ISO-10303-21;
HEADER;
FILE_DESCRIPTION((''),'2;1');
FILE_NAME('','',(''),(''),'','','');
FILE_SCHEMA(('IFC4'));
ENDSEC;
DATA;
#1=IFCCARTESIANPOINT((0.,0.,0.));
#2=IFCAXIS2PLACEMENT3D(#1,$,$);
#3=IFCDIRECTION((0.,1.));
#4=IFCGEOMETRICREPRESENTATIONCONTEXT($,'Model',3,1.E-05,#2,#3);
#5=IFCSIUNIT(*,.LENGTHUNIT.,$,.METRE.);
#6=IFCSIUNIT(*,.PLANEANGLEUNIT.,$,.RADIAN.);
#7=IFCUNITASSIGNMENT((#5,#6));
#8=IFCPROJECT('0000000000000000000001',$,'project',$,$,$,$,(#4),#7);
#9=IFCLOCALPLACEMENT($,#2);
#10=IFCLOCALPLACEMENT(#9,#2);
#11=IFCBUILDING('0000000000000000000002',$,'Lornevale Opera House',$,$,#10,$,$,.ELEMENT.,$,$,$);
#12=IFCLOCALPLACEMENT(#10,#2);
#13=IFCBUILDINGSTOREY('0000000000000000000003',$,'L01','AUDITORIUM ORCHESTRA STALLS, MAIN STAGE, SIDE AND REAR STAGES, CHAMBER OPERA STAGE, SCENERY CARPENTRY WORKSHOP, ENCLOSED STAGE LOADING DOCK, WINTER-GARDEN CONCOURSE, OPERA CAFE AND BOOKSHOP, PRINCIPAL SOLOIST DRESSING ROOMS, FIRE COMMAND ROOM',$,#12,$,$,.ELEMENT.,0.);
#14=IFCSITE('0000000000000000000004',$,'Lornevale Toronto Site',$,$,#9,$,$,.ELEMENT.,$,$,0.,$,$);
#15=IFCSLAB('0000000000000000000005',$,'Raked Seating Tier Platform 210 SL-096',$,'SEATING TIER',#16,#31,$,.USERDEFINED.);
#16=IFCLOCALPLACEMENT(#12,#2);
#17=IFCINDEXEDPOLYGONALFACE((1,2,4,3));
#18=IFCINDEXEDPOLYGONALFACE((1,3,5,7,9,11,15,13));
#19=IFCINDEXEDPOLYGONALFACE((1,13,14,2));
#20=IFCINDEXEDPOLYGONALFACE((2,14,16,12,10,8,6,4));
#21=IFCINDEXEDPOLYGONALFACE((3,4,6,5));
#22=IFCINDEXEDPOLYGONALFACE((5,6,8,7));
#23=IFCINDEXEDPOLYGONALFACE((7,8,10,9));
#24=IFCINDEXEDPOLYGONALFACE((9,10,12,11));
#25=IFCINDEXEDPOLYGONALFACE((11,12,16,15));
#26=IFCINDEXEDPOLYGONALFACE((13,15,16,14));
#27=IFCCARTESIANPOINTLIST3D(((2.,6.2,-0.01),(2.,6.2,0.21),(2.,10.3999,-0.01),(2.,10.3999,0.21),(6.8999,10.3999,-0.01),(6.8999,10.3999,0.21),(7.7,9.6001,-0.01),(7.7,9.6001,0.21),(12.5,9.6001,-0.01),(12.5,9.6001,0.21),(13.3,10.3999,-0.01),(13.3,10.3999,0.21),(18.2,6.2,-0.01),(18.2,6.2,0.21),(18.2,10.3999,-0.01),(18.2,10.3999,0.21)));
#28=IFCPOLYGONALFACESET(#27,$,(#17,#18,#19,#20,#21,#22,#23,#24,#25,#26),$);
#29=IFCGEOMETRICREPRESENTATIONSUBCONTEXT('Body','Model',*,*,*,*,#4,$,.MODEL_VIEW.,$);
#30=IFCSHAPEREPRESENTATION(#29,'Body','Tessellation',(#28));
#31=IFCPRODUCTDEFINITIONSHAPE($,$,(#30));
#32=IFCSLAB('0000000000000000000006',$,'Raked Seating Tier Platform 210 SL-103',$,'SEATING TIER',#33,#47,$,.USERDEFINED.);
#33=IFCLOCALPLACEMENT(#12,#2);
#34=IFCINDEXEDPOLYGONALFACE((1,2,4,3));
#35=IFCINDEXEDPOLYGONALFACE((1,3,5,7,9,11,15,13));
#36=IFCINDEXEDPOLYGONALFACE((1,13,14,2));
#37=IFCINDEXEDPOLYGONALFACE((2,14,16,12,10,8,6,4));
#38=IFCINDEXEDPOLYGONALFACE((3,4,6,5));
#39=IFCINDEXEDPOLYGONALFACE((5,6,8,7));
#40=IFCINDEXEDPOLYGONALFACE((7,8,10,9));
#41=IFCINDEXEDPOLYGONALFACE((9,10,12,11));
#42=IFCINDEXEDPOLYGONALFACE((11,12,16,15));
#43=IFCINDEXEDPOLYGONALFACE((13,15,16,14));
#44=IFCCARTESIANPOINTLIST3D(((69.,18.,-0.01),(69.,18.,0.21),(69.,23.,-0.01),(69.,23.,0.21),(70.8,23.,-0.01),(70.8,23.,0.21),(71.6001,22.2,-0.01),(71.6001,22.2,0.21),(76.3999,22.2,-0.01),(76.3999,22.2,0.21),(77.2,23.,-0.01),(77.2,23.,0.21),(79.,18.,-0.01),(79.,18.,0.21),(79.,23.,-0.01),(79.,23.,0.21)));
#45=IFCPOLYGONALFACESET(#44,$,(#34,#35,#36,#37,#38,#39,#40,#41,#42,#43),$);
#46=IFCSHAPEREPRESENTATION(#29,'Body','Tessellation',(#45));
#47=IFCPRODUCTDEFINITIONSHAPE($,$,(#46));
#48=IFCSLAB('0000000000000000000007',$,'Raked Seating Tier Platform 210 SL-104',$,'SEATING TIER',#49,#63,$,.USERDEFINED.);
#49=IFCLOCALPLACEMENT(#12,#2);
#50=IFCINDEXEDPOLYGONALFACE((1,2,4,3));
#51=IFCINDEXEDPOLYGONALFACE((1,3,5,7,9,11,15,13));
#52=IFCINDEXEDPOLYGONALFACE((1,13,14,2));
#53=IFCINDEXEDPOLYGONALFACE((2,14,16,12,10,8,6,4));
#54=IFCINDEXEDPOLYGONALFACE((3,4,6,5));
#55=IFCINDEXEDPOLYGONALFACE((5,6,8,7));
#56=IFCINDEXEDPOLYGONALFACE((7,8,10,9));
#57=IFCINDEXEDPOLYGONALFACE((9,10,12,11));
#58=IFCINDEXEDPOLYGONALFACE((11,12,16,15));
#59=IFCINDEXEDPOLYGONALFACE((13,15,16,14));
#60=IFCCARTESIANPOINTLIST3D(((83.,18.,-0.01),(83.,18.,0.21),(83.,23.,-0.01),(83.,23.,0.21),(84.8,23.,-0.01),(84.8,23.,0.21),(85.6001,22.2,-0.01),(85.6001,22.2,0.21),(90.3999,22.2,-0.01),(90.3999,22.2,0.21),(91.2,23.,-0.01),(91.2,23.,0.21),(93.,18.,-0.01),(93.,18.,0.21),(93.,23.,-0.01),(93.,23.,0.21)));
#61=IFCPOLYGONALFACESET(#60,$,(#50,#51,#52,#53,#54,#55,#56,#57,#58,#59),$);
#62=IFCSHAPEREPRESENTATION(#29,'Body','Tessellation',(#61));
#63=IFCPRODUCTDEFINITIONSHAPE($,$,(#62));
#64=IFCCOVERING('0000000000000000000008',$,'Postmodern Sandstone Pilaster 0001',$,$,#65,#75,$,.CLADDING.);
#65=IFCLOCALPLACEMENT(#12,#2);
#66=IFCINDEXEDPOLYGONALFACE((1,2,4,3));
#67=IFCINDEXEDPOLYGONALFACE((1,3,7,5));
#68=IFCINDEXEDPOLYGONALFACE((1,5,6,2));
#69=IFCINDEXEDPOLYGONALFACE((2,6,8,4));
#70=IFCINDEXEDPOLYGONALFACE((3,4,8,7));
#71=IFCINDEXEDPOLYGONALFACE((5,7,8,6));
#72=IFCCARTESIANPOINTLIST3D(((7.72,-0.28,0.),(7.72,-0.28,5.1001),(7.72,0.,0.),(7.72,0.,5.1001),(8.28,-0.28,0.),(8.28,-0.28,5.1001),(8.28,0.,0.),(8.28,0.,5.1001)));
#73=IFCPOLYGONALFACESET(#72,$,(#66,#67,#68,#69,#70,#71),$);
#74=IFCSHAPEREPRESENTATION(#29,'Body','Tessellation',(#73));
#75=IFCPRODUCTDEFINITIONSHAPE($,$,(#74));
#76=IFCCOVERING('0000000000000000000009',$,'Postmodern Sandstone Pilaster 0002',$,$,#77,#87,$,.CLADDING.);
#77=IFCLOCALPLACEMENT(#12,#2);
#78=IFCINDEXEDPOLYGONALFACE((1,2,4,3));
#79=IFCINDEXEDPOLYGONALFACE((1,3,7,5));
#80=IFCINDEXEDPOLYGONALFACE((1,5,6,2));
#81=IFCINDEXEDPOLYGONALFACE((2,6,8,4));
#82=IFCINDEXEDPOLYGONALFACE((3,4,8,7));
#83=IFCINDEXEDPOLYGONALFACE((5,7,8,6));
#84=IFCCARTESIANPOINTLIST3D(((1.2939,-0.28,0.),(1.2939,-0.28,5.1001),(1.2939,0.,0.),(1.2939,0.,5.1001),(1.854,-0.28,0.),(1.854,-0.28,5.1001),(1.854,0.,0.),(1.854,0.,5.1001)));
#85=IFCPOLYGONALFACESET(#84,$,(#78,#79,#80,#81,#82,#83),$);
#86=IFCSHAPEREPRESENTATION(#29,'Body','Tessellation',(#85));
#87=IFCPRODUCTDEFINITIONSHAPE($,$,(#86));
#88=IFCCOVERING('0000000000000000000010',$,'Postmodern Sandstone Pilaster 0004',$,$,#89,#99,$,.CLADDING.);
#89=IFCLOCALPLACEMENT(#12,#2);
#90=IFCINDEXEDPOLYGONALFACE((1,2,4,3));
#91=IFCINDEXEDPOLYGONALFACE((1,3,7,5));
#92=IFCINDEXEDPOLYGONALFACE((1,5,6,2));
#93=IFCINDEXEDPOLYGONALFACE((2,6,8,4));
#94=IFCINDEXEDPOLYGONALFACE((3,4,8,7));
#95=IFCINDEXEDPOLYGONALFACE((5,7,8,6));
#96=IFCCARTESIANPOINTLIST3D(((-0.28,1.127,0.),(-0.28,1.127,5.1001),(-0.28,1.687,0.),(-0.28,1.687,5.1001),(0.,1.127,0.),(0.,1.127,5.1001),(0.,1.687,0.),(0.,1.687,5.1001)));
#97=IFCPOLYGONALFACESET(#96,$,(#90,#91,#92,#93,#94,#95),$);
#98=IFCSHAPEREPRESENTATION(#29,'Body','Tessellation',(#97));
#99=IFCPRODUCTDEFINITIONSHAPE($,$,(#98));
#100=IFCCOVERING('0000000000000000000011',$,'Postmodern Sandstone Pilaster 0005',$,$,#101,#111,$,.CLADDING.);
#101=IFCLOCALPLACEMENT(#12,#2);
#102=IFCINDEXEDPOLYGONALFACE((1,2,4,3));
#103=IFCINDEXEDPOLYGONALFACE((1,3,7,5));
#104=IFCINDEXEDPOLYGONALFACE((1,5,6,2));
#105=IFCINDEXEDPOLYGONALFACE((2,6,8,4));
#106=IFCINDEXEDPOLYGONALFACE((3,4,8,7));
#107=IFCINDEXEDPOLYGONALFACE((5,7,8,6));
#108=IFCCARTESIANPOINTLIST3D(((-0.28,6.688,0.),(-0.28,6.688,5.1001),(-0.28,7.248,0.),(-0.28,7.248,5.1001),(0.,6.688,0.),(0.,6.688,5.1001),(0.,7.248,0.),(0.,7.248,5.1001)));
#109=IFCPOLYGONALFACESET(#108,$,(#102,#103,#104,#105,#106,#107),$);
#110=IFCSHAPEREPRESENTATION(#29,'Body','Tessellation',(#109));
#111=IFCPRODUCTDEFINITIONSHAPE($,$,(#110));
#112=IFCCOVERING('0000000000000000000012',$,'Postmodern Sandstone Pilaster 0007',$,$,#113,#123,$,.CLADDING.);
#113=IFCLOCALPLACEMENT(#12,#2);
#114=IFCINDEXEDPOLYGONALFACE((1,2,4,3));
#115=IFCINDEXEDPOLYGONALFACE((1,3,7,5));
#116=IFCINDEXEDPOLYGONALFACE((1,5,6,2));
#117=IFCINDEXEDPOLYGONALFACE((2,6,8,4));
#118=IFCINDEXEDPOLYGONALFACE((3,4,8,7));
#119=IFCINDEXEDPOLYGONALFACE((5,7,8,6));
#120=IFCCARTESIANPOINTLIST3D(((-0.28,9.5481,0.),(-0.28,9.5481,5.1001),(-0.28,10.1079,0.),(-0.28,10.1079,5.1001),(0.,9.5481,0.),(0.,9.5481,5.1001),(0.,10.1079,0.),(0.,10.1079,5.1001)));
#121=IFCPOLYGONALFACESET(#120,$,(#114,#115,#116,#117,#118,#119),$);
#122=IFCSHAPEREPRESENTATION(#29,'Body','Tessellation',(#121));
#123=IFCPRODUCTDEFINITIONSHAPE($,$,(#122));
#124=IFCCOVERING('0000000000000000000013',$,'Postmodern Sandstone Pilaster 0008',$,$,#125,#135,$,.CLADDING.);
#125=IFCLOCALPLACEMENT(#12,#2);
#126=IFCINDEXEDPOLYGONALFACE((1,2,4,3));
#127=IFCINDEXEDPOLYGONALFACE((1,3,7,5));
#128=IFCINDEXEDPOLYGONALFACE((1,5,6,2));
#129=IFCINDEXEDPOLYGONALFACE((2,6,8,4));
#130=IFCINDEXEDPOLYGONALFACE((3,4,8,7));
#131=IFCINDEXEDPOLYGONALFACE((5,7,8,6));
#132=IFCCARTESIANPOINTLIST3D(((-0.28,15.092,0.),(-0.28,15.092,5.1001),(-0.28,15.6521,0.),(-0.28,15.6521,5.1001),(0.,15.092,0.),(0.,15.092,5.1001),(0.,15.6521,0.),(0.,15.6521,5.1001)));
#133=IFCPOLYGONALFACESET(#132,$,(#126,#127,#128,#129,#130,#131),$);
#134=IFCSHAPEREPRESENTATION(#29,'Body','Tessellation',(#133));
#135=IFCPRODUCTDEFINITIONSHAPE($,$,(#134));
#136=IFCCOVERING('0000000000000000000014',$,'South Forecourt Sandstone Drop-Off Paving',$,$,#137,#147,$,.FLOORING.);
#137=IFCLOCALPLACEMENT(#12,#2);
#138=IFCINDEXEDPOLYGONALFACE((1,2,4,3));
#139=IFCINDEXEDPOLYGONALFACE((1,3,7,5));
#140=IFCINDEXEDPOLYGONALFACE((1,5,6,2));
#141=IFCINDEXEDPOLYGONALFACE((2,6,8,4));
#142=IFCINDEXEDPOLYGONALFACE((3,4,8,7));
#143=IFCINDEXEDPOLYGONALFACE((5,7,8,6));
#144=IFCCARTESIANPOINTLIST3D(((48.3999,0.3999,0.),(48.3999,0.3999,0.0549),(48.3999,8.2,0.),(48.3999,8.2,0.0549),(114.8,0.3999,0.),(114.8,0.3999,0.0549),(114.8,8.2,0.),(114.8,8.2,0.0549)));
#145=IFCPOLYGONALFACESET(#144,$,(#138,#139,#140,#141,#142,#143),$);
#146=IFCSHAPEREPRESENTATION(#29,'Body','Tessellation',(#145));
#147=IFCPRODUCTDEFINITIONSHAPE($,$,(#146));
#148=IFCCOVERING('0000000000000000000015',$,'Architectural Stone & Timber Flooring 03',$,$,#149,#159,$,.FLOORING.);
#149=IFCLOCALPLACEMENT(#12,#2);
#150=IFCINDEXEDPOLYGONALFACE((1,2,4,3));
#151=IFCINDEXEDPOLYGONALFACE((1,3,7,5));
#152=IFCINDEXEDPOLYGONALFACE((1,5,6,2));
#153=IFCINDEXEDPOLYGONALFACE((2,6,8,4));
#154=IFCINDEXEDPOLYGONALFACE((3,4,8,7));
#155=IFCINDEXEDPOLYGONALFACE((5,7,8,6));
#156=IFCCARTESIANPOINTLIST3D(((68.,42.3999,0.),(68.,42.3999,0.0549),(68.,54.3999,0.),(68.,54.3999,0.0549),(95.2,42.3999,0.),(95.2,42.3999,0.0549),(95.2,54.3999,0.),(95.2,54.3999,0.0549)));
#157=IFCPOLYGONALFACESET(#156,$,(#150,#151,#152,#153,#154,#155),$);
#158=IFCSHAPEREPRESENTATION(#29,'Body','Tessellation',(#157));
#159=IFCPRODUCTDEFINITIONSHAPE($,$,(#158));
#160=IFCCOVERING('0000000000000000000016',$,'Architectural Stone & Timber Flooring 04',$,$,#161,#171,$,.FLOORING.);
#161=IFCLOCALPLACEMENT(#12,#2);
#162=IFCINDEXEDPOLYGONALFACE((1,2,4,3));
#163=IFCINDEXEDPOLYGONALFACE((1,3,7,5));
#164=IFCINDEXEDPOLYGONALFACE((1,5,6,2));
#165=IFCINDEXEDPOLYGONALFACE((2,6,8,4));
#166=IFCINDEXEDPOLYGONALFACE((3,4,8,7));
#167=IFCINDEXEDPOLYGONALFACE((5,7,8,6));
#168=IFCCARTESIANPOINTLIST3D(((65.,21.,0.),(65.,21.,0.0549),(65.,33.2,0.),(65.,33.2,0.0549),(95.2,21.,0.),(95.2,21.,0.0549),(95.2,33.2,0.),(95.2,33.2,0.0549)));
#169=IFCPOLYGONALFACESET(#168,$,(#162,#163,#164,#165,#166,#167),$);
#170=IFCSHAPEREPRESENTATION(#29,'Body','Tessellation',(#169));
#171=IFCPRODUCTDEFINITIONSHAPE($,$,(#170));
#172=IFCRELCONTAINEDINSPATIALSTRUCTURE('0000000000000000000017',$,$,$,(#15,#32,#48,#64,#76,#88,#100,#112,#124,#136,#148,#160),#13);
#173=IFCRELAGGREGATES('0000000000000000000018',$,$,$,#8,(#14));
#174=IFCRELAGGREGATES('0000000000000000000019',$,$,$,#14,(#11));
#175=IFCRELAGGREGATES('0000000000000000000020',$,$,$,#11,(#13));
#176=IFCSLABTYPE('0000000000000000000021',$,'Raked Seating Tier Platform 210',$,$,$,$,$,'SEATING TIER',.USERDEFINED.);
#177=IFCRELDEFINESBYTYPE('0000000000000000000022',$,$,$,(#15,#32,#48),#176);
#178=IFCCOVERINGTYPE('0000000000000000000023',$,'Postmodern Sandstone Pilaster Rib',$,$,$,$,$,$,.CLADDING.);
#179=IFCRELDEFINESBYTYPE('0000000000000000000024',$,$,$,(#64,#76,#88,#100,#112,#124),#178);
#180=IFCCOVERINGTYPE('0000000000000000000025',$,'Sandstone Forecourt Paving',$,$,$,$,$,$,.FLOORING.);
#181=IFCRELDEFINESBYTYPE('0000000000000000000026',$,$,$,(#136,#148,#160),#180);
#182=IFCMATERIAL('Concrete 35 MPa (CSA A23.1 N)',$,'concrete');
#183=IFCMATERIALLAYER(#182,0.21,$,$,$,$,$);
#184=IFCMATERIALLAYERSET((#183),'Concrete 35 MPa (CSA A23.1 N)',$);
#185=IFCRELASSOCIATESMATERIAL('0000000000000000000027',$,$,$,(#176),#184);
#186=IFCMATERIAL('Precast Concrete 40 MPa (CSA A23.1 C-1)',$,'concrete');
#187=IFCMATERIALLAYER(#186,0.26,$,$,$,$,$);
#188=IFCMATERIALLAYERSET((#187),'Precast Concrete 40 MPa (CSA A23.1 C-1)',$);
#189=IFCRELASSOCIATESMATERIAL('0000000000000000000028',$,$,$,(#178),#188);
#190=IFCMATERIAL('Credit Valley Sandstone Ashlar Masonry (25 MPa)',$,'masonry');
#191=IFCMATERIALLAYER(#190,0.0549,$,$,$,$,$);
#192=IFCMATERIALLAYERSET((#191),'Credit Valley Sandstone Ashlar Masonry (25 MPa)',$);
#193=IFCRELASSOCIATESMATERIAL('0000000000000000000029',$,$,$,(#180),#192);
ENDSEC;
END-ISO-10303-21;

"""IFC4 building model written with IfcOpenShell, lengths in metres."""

from ifc_helpers import new_model, si_unit, direction, frame, origin, place, context, subcontext, project, spatial, polyline, outline, extrude, material, layer, layer_set, type_object, element, save


model = new_model("IFC4")

# Units and contexts
model_context = context("Model", 3, precision=1e-05, world=origin(), true_north=direction((0.0, 1.0)))
body_context = subcontext(model_context, "Body", "Model", "MODEL_VIEW")
ifc_project = project(units=[si_unit("LENGTHUNIT", "METRE"), si_unit("PLANEANGLEUNIT", "RADIAN")], contexts=[model_context])

# Site, building, storey
site_placement = place(None, origin())
site = spatial("IfcSite", under=ifc_project, at=site_placement, Name="Lornevale Toronto Site", CompositionType="ELEMENT", RefElevation=0.0)
building_placement = place(site_placement, origin())
building = spatial("IfcBuilding", under=site, at=building_placement, Name="Lornevale Opera House", CompositionType="ELEMENT")
storey_placement = place(building_placement, origin())
storey = spatial("IfcBuildingStorey", under=building, at=storey_placement, Name="L01", Description="AUDITORIUM ORCHESTRA STALLS, MAIN STAGE, SIDE AND REAR STAGES, CHAMBER OPERA STAGE, SCENERY CARPENTRY WORKSHOP, ENCLOSED STAGE LOADING DOCK, WINTER-GARDEN CONCOURSE, OPERA CAFE AND BOOKSHOP, PRINCIPAL SOLOIST DRESSING ROOMS, FIRE COMMAND ROOM", CompositionType="ELEMENT", Elevation=0.0)

# Shared definitions
ifc_material_1 = material(Name="Precast Concrete 40 MPa (CSA A23.1 C-1)", Category="concrete")

# Slabs
ifc_material_2 = material(Name="Concrete 35 MPa (CSA A23.1 N)", Category="concrete")
ifc_layer_1 = layer(ifc_material_2, 0.21)
ifc_layer_set_1 = layer_set([ifc_layer_1], Name="Concrete 35 MPa (CSA A23.1 N)")
slab_type_1 = type_object("IfcSlabType", Name="Raked Seating Tier Platform 210", ElementType="SEATING TIER", PredefinedType="USERDEFINED", material=ifc_layer_set_1)
slab_1_placement = place(storey_placement, frame((0.0, 0.0, -0.01)))
element("IfcSlab", 1, at=slab_1_placement, inside=storey, type_object=slab_type_1, Name="Raked Seating Tier Platform 210 SL-096", ObjectType="SEATING TIER", PredefinedType="USERDEFINED", context=body_context, shape_type="SweptSolid", body=[
    extrude(outline(polyline([(2.0, 6.2), (18.2, 6.2), (18.2, 10.3999), (13.3, 10.3999), (12.5, 9.6001), (7.7, 9.6001), (6.8999, 10.3999), (2.0, 10.3999), (2.0, 6.2)])), origin(), (0.0, 0.0, 1.0), 0.22),
])
slab_2_placement = place(storey_placement, frame((0.0, 0.0, -0.01)))
element("IfcSlab", 2, at=slab_2_placement, inside=storey, type_object=slab_type_1, Name="Raked Seating Tier Platform 210 SL-103", ObjectType="SEATING TIER", PredefinedType="USERDEFINED", context=body_context, shape_type="SweptSolid", body=[
    extrude(outline(polyline([(69.0, 18.0), (79.0, 18.0), (79.0, 23.0), (77.2, 23.0), (76.3999, 22.2), (71.6001, 22.2), (70.8, 23.0), (69.0, 23.0), (69.0, 18.0)])), origin(), (0.0, 0.0, 1.0), 0.22),
])
slab_3_placement = place(storey_placement, frame((0.0, 0.0, -0.01)))
element("IfcSlab", 3, at=slab_3_placement, inside=storey, type_object=slab_type_1, Name="Raked Seating Tier Platform 210 SL-104", ObjectType="SEATING TIER", PredefinedType="USERDEFINED", context=body_context, shape_type="SweptSolid", body=[
    extrude(outline(polyline([(83.0, 18.0), (93.0, 18.0), (93.0, 23.0), (91.2, 23.0), (90.3999, 22.2), (85.6001, 22.2), (84.8, 23.0), (83.0, 23.0), (83.0, 18.0)])), origin(), (0.0, 0.0, 1.0), 0.22),
])

# Coverings
ifc_layer_2 = layer(ifc_material_1, 0.26)
ifc_layer_set_2 = layer_set([ifc_layer_2], Name="Precast Concrete 40 MPa (CSA A23.1 C-1)")
covering_type_1 = type_object("IfcCoveringType", Name="Postmodern Sandstone Pilaster Rib", PredefinedType="CLADDING", material=ifc_layer_set_2)
covering_1_placement = place(storey_placement, origin())
element("IfcCovering", 4, at=covering_1_placement, inside=storey, type_object=covering_type_1, Name="Postmodern Sandstone Pilaster 0001", PredefinedType="CLADDING", context=body_context, shape_type="SweptSolid", body=[
    extrude(outline(polyline([(8.28, 0.0), (7.72, 0.0), (7.72, -0.28), (8.28, -0.28), (8.28, 0.0)])), origin(), (0.0, 0.0, 1.0), 5.1001),
])
covering_2_placement = place(storey_placement, origin())
element("IfcCovering", 5, at=covering_2_placement, inside=storey, type_object=covering_type_1, Name="Postmodern Sandstone Pilaster 0002", PredefinedType="CLADDING", context=body_context, shape_type="SweptSolid", body=[
    extrude(outline(polyline([(1.854, 0.0), (1.2939, 0.0), (1.2939, -0.28), (1.854, -0.28), (1.854, 0.0)])), origin(), (0.0, 0.0, 1.0), 5.1001),
])
covering_3_placement = place(storey_placement, origin())
element("IfcCovering", 6, at=covering_3_placement, inside=storey, type_object=covering_type_1, Name="Postmodern Sandstone Pilaster 0004", PredefinedType="CLADDING", context=body_context, shape_type="SweptSolid", body=[
    extrude(outline(polyline([(0.0, 1.127), (0.0, 1.687), (-0.28, 1.687), (-0.28, 1.127), (0.0, 1.127)])), origin(), (0.0, 0.0, 1.0), 5.1001),
])
covering_4_placement = place(storey_placement, origin())
element("IfcCovering", 7, at=covering_4_placement, inside=storey, type_object=covering_type_1, Name="Postmodern Sandstone Pilaster 0005", PredefinedType="CLADDING", context=body_context, shape_type="SweptSolid", body=[
    extrude(outline(polyline([(0.0, 6.688), (0.0, 7.248), (-0.28, 7.248), (-0.28, 6.688), (0.0, 6.688)])), origin(), (0.0, 0.0, 1.0), 5.1001),
])
covering_5_placement = place(storey_placement, origin())
element("IfcCovering", 8, at=covering_5_placement, inside=storey, type_object=covering_type_1, Name="Postmodern Sandstone Pilaster 0007", PredefinedType="CLADDING", context=body_context, shape_type="SweptSolid", body=[
    extrude(outline(polyline([(0.0, 9.5481), (0.0, 10.1079), (-0.28, 10.1079), (-0.28, 9.5481), (0.0, 9.5481)])), origin(), (0.0, 0.0, 1.0), 5.1001),
])
covering_6_placement = place(storey_placement, origin())
element("IfcCovering", 9, at=covering_6_placement, inside=storey, type_object=covering_type_1, Name="Postmodern Sandstone Pilaster 0008", PredefinedType="CLADDING", context=body_context, shape_type="SweptSolid", body=[
    extrude(outline(polyline([(0.0, 15.092), (0.0, 15.6521), (-0.28, 15.6521), (-0.28, 15.092), (0.0, 15.092)])), origin(), (0.0, 0.0, 1.0), 5.1001),
])
ifc_material_3 = material(Name="Credit Valley Sandstone Ashlar Masonry (25 MPa)", Category="masonry")
ifc_layer_3 = layer(ifc_material_3, 0.0549)
ifc_layer_set_3 = layer_set([ifc_layer_3], Name="Credit Valley Sandstone Ashlar Masonry (25 MPa)")
covering_type_2 = type_object("IfcCoveringType", Name="Sandstone Forecourt Paving", PredefinedType="FLOORING", material=ifc_layer_set_3)
covering_7_placement = place(storey_placement, origin())
element("IfcCovering", 10, at=covering_7_placement, inside=storey, type_object=covering_type_2, Name="South Forecourt Sandstone Drop-Off Paving", PredefinedType="FLOORING", context=body_context, shape_type="SweptSolid", body=[
    extrude(outline(polyline([(48.3999, 0.3999), (114.8, 0.3999), (114.8, 8.2), (48.3999, 8.2), (48.3999, 0.3999)])), origin(), (0.0, 0.0, 1.0), 0.0549),
])
covering_8_placement = place(storey_placement, origin())
element("IfcCovering", 11, at=covering_8_placement, inside=storey, type_object=covering_type_2, Name="Architectural Stone & Timber Flooring 03", PredefinedType="FLOORING", context=body_context, shape_type="SweptSolid", body=[
    extrude(outline(polyline([(68.0, 42.3999), (95.2, 42.3999), (95.2, 54.3999), (68.0, 54.3999), (68.0, 42.3999)])), origin(), (0.0, 0.0, 1.0), 0.0549),
])
covering_9_placement = place(storey_placement, origin())
element("IfcCovering", 12, at=covering_9_placement, inside=storey, type_object=covering_type_2, Name="Architectural Stone & Timber Flooring 04", PredefinedType="FLOORING", context=body_context, shape_type="SweptSolid", body=[
    extrude(outline(polyline([(65.0, 21.0), (95.2, 21.0), (95.2, 33.2), (65.0, 33.2), (65.0, 21.0)])), origin(), (0.0, 0.0, 1.0), 0.0549),
])

save(model, "model.ifc")
